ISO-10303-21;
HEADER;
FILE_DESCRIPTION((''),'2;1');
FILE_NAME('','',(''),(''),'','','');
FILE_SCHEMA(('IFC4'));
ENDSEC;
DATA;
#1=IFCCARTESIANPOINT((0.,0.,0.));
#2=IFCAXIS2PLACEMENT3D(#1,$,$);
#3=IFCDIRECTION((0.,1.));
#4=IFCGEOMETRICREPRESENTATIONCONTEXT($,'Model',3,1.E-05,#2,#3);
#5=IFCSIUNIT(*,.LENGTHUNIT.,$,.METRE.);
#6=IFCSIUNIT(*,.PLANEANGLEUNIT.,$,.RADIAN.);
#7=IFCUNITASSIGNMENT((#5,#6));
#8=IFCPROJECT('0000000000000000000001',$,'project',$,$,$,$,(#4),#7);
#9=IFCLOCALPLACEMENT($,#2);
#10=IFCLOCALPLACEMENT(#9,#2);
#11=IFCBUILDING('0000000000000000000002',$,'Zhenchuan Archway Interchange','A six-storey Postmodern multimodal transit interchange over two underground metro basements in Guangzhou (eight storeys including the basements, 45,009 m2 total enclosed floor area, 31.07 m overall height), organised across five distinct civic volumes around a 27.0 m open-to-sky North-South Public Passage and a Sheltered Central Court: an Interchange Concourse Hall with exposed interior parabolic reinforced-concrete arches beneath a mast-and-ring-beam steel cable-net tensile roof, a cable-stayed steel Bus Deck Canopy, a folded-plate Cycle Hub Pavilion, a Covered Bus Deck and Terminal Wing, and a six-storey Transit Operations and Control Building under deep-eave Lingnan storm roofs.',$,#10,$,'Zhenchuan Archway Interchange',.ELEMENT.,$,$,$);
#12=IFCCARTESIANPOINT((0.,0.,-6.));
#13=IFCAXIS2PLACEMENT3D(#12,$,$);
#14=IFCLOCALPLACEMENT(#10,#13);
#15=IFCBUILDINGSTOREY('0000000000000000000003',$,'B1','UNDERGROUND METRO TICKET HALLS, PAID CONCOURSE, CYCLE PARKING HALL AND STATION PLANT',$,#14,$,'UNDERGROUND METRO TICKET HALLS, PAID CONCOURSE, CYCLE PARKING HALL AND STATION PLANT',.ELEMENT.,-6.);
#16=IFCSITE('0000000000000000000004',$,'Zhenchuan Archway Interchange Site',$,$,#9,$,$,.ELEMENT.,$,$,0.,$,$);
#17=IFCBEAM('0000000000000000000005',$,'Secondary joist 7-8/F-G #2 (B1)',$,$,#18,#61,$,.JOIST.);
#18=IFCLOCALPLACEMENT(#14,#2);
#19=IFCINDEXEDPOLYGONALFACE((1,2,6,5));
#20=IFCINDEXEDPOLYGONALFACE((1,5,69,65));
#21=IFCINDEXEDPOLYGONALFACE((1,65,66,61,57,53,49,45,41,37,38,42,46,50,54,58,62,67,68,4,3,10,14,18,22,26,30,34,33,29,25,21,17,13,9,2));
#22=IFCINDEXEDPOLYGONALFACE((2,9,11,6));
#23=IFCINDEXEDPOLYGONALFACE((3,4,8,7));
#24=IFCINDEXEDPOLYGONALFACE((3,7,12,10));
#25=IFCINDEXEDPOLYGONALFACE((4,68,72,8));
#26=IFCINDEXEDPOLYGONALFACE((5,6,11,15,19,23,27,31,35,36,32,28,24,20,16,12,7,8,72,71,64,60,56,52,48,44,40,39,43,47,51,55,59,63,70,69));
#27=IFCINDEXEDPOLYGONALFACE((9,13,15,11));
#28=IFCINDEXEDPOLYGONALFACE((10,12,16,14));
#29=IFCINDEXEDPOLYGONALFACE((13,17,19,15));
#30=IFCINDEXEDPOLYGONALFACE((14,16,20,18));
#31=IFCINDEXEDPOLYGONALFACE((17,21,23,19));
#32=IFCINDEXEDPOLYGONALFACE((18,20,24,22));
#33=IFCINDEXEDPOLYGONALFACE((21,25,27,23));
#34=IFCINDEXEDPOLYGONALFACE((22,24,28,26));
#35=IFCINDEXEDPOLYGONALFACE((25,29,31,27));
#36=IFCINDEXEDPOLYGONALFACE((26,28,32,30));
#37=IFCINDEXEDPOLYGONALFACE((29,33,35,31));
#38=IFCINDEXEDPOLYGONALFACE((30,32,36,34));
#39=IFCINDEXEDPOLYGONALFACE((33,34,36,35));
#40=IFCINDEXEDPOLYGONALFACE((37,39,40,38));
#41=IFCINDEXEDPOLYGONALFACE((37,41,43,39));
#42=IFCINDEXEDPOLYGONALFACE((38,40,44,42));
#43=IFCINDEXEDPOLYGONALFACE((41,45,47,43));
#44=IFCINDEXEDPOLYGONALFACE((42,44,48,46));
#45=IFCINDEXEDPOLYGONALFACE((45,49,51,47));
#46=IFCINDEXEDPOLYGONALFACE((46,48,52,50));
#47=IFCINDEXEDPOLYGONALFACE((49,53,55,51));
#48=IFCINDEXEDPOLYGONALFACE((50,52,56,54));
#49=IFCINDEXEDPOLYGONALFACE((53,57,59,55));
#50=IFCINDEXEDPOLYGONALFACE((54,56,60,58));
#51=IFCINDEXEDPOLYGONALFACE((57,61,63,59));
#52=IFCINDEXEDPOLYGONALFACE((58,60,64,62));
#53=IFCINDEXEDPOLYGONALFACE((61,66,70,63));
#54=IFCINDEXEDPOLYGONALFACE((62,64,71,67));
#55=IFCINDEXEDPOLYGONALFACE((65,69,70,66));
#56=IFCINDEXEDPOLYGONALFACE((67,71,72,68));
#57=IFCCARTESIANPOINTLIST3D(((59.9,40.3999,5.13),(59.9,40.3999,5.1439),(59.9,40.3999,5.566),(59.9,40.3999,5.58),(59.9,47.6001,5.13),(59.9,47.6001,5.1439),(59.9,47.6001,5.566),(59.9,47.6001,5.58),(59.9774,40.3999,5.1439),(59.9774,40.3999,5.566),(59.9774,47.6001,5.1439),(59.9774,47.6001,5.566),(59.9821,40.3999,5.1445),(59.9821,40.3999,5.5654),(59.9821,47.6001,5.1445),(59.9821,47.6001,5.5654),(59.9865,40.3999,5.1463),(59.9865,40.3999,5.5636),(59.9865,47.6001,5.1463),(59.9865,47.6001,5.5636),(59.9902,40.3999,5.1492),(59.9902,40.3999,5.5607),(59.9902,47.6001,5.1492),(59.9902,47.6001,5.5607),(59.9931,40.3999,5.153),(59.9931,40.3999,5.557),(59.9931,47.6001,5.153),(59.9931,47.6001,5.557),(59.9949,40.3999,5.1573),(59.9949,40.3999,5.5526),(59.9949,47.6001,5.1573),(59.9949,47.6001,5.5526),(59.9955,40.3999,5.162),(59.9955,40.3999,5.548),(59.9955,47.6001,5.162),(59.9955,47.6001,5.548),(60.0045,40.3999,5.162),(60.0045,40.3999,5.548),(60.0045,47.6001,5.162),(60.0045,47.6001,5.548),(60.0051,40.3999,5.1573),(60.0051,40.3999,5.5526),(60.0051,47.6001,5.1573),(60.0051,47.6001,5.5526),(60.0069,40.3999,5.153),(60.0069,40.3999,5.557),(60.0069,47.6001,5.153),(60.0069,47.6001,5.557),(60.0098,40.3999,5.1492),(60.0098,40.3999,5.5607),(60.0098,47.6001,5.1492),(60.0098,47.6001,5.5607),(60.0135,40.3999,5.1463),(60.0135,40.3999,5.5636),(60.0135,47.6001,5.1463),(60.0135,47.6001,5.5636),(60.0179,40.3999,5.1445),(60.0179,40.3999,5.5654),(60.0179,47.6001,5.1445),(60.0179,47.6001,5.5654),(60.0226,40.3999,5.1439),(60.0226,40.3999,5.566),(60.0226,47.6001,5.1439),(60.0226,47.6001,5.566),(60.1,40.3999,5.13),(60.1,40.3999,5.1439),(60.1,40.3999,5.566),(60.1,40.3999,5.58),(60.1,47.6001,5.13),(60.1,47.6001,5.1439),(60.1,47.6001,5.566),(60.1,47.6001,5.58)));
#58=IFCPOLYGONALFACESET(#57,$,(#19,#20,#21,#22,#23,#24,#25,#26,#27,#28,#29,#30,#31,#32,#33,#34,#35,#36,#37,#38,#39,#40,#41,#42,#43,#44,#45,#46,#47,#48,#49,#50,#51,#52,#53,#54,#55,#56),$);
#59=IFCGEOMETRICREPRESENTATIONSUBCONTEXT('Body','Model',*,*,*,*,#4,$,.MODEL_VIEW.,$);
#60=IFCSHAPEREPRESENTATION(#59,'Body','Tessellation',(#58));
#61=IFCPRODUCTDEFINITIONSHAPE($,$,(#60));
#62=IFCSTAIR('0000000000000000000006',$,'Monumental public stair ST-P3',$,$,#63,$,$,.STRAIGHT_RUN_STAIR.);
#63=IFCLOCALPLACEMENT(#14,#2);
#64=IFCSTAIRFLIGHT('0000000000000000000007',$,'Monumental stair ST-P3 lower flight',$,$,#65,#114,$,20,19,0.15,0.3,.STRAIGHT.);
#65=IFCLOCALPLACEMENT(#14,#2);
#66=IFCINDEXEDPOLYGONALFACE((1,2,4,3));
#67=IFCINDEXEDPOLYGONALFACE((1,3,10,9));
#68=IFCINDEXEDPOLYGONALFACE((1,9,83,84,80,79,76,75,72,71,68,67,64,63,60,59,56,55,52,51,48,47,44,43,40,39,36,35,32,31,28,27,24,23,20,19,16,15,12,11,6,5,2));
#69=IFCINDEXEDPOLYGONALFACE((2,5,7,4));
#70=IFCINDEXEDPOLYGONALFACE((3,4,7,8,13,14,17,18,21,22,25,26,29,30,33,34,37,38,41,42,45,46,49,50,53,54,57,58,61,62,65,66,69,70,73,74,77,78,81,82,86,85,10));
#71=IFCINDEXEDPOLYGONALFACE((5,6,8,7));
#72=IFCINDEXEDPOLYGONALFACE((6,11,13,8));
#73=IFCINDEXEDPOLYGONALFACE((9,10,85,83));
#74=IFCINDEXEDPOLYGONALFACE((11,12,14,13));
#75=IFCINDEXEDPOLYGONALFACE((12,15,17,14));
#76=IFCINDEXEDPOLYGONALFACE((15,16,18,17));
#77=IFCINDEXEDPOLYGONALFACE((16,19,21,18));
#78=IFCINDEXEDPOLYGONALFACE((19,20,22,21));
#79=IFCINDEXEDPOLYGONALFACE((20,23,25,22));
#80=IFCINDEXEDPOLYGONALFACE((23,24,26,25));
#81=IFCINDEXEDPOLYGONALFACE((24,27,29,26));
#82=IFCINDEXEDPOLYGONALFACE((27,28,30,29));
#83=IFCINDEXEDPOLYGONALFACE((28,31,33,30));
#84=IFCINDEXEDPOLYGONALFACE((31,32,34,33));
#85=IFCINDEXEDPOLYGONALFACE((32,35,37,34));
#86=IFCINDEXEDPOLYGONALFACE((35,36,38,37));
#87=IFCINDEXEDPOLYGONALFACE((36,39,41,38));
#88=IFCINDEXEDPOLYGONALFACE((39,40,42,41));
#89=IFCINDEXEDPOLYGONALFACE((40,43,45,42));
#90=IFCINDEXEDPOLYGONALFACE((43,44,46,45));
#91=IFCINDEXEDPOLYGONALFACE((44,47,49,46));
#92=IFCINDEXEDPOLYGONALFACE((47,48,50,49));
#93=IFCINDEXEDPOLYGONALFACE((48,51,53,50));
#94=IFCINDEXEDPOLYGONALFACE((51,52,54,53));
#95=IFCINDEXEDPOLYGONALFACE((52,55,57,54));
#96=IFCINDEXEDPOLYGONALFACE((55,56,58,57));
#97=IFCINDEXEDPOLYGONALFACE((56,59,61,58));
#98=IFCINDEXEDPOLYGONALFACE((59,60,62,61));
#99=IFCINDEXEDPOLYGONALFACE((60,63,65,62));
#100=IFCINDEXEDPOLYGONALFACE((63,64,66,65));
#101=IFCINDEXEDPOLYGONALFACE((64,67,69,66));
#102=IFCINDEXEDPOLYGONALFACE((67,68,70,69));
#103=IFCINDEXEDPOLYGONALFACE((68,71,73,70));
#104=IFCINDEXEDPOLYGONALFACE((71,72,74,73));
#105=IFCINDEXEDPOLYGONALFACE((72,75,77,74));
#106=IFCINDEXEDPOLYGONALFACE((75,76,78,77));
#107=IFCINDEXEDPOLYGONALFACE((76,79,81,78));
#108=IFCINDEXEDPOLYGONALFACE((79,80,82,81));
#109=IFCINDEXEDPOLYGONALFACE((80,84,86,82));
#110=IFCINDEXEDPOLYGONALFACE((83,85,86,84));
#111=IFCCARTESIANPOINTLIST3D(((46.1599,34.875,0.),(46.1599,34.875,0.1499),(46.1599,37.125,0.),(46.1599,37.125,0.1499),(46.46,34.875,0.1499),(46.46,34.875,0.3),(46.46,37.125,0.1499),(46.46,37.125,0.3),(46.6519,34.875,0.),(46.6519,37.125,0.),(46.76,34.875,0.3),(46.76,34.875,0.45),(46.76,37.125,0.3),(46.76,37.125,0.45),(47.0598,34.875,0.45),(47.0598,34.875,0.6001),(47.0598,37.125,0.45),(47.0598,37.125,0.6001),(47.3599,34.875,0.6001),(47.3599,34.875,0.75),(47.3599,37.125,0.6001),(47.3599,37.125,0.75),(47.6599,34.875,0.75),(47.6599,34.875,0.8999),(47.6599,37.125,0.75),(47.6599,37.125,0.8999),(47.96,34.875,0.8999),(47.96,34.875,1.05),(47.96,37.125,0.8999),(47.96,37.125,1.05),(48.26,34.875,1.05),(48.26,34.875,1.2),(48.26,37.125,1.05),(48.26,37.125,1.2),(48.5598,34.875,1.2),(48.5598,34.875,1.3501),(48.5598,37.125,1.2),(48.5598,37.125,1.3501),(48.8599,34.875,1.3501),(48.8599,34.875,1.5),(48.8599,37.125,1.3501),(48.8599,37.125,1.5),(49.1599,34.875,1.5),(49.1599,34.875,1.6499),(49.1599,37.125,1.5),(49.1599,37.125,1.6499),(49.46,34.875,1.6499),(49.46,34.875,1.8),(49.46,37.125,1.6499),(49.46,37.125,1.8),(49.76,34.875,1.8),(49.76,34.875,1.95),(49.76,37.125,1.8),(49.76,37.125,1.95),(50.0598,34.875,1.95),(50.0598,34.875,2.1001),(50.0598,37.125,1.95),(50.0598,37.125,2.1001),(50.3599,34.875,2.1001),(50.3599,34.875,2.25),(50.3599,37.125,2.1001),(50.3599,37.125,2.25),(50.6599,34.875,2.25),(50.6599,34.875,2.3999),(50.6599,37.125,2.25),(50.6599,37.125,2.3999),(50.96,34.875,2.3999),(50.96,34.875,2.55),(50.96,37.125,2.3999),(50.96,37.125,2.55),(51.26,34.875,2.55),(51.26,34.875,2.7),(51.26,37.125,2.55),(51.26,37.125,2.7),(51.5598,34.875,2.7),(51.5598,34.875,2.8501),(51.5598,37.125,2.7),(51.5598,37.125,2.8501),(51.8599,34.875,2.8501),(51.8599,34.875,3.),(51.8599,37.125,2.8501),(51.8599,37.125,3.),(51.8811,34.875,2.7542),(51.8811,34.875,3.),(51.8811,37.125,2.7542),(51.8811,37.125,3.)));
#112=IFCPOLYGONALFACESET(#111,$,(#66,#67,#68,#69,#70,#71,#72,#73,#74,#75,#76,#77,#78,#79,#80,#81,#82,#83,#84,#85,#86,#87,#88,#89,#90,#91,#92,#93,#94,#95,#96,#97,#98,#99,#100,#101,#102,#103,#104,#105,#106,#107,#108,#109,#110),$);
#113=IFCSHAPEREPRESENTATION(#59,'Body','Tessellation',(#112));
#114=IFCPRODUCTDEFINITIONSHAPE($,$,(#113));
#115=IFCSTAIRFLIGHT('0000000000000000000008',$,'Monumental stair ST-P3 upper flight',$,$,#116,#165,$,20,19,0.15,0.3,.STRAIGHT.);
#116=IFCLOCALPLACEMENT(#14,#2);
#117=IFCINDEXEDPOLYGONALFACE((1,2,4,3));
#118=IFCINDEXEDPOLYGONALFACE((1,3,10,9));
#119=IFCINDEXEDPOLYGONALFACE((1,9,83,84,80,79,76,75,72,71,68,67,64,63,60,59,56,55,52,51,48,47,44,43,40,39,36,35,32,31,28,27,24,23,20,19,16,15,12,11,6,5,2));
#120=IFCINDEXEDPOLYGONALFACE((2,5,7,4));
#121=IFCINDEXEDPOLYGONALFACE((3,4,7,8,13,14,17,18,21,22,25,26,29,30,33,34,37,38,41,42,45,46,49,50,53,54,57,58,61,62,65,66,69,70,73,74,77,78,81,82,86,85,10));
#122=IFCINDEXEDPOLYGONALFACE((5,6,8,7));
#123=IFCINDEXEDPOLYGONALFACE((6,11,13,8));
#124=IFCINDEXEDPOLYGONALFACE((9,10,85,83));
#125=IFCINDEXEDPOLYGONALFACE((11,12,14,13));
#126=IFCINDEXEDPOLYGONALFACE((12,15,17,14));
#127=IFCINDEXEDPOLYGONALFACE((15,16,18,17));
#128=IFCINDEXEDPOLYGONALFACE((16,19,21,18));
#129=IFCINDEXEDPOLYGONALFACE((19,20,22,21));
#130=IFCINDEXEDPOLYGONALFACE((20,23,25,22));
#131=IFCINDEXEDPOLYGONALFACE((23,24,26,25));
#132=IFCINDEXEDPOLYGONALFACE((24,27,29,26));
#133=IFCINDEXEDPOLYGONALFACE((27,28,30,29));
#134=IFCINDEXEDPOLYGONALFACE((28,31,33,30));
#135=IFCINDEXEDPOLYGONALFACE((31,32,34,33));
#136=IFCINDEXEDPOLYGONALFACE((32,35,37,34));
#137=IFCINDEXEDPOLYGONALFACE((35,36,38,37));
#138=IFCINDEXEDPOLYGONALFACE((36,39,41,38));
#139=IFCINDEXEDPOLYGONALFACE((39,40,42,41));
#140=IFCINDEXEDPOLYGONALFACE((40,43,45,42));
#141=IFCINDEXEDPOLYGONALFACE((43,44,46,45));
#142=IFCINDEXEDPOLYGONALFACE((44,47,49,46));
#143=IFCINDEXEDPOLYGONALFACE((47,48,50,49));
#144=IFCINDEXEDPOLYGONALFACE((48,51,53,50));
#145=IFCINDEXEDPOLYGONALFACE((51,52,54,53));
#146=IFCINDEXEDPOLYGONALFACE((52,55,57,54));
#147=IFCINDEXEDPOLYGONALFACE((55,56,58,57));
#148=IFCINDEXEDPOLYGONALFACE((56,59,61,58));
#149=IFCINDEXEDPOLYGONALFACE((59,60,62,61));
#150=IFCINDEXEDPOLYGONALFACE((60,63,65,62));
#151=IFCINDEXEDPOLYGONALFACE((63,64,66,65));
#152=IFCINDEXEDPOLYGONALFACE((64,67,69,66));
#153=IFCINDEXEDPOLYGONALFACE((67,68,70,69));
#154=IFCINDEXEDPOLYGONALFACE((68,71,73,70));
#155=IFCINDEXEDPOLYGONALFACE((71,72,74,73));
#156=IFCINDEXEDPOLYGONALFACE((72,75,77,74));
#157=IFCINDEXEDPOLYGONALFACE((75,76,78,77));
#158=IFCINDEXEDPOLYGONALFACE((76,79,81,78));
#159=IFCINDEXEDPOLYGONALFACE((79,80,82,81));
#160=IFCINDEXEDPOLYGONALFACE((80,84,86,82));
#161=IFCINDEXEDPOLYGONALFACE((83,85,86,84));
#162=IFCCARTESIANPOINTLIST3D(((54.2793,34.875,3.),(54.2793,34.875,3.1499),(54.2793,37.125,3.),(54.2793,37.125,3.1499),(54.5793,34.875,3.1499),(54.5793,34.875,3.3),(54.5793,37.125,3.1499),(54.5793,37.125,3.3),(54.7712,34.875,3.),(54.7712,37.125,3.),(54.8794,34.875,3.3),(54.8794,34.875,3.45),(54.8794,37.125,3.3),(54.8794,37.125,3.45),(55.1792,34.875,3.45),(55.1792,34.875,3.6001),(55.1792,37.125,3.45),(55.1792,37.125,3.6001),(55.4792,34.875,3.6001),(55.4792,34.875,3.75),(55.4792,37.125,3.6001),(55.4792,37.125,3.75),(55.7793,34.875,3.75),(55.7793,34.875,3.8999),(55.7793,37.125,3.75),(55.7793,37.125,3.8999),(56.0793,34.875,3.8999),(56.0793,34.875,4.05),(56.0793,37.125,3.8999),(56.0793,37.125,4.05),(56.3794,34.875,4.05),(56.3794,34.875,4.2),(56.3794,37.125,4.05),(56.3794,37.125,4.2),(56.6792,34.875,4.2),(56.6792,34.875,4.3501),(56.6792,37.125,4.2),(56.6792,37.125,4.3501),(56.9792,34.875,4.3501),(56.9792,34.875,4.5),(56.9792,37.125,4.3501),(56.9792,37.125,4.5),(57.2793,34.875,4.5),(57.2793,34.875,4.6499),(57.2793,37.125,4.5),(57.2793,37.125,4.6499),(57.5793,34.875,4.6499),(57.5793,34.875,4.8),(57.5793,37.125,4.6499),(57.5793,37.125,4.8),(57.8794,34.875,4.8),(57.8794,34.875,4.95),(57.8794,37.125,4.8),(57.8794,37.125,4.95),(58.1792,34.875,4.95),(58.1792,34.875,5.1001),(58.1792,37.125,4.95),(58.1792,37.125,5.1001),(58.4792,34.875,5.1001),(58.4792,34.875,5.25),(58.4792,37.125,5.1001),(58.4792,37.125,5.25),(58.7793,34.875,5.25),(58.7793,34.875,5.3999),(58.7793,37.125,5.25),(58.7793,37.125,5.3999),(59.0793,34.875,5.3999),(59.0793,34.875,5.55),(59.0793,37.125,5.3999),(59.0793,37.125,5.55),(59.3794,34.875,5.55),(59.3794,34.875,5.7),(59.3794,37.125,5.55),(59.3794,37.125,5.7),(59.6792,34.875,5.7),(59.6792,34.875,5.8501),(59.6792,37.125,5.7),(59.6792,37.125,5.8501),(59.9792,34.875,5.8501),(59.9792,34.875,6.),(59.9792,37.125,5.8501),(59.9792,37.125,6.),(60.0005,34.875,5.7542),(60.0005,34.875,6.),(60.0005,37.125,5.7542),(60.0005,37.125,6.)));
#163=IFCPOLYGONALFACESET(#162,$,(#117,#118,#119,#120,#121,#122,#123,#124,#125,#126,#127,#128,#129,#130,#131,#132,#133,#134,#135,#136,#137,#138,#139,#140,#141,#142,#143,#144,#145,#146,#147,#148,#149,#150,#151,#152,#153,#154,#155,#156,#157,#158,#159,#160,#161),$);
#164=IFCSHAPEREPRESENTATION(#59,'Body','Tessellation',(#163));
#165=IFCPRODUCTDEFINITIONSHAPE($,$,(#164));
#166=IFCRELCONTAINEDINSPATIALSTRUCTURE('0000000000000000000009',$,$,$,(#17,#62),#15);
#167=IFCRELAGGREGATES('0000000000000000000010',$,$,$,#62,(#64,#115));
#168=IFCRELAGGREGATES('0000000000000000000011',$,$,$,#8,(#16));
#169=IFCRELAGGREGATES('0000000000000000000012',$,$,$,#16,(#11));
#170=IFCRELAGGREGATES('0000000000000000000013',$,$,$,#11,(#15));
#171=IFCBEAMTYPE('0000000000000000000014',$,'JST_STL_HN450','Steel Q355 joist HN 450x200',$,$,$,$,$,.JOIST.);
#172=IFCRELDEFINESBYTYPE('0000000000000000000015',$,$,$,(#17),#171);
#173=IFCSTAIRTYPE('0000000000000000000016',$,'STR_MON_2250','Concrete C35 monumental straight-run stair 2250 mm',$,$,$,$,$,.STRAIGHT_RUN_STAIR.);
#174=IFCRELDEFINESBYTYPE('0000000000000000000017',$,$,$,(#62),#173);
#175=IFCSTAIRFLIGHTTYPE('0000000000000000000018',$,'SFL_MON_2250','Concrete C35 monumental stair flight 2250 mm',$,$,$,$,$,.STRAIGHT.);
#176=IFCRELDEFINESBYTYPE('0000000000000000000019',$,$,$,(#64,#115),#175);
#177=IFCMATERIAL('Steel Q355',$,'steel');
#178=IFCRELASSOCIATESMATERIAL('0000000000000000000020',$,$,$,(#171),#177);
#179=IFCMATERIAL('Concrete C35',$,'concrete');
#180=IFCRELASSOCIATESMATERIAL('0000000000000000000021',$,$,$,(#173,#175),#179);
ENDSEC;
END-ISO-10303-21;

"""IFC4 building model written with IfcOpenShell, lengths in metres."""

from ifc_helpers import new_model, si_unit, direction, frame, origin, origin_2d, place, context, subcontext, project, spatial, polyline, i_section, outline, extrude, material, material_profile, profile_set, type_object, element, aggregate, save


model = new_model("IFC4")

# Units and contexts
model_context = context("Model", 3, precision=1e-05, world=origin(), true_north=direction((0.0, 1.0)))
body_context = subcontext(model_context, "Body", "Model", "MODEL_VIEW")
ifc_project = project(units=[si_unit("LENGTHUNIT", "METRE"), si_unit("PLANEANGLEUNIT", "RADIAN")], contexts=[model_context])

# Site, building, storey
site_placement = place(None, origin())
site = spatial("IfcSite", under=ifc_project, at=site_placement, Name="Zhenchuan Archway Interchange Site", CompositionType="ELEMENT", RefElevation=0.0)
building_placement = place(site_placement, origin())
building = spatial("IfcBuilding", under=site, at=building_placement, Name="Zhenchuan Archway Interchange", Description="A six-storey Postmodern multimodal transit interchange over two underground metro basements in Guangzhou (eight storeys including the basements, 45,009 m2 total enclosed floor area, 31.07 m overall height), organised across five distinct civic volumes around a 27.0 m open-to-sky North-South Public Passage and a Sheltered Central Court: an Interchange Concourse Hall with exposed interior parabolic reinforced-concrete arches beneath a mast-and-ring-beam steel cable-net tensile roof, a cable-stayed steel Bus Deck Canopy, a folded-plate Cycle Hub Pavilion, a Covered Bus Deck and Terminal Wing, and a six-storey Transit Operations and Control Building under deep-eave Lingnan storm roofs.", LongName="Zhenchuan Archway Interchange", CompositionType="ELEMENT")
storey_placement = place(building_placement, frame((0.0, 0.0, -6.0)))
storey = spatial("IfcBuildingStorey", under=building, at=storey_placement, Name="B1", Description="UNDERGROUND METRO TICKET HALLS, PAID CONCOURSE, CYCLE PARKING HALL AND STATION PLANT", LongName="UNDERGROUND METRO TICKET HALLS, PAID CONCOURSE, CYCLE PARKING HALL AND STATION PLANT", CompositionType="ELEMENT", Elevation=-6.0)

# Beam
ifc_material_1 = material(Name="Steel Q355", Category="steel")
ifc_material_profile_1 = material_profile(ifc_material_1, i_section(OverallWidth=0.2, OverallDepth=0.45, WebThickness=0.009, FlangeThickness=0.0139, FilletRadius=0.0181, at=origin_2d()), Name="HN 450x200")
ifc_profile_set_1 = profile_set([ifc_material_profile_1], Name="Steel Q355")
beam_type_1 = type_object("IfcBeamType", Name="JST_STL_HN450", Description="Steel Q355 joist HN 450x200", PredefinedType="JOIST", material=ifc_profile_set_1)
for number, where, z_axis, x_axis, name in (
    (1, (60.0, 40.3999, 5.355), (0.0, 1.0, 0.0), (-1.0, 0.0, 0.0), "Secondary joist 7-8/F-G #2 (B1)"),
):
    element("IfcBeam", number, at=place(storey_placement, frame(where, z_axis=z_axis, x_axis=x_axis)), inside=storey, type_object=beam_type_1, Name=name, PredefinedType="JOIST", context=body_context, shape_type="SweptSolid", body=[
        extrude(i_section(OverallWidth=0.2, OverallDepth=0.45, WebThickness=0.009, FlangeThickness=0.0139, FilletRadius=0.0181, at=origin_2d()), origin(), (0.0, 0.0, 1.0), 7.2002),
    ])

# Stair, stair flights
ifc_material_2 = material(Name="Concrete C35", Category="concrete")
stair_type = type_object("IfcStairType", Name="STR_MON_2250", Description="Concrete C35 monumental straight-run stair 2250 mm", PredefinedType="STRAIGHT_RUN_STAIR", material=ifc_material_2)
stair_placement = place(storey_placement, origin())
stair = element("IfcStair", 2, at=stair_placement, inside=storey, type_object=stair_type, Name="Monumental public stair ST-P3", PredefinedType="STRAIGHT_RUN_STAIR")
stair_flight_type = type_object("IfcStairFlightType", Name="SFL_MON_2250", Description="Concrete C35 monumental stair flight 2250 mm", PredefinedType="STRAIGHT", material=ifc_material_2)
stair_flight_1_placement = place(storey_placement, frame((46.1599, 36.0, 0.0), z_axis=(0.0, 0.0, 1.0), x_axis=(1.0, 0.0, 0.0)))
stair_flight_1 = element("IfcStairFlight", 3, at=stair_flight_1_placement, type_object=stair_flight_type, Name="Monumental stair ST-P3 lower flight", NumberOfRisers=20, NumberOfTreads=19, PredefinedType="STRAIGHT", RiserHeight=0.15, TreadLength=0.3, context=body_context, shape_type="SweptSolid", body=[
    extrude(outline(polyline([(0.0, 0.0), (0.0, 0.1499), (0.3, 0.1499), (0.3, 0.3), (0.6001, 0.3), (0.6001, 0.45), (0.8999, 0.45), (0.8999, 0.6001), (1.2, 0.6001), (1.2, 0.75), (1.5, 0.75), (1.5, 0.8999), (1.8, 0.8999), (1.8, 1.05), (2.1001, 1.05), (2.1001, 1.2), (2.3999, 1.2), (2.3999, 1.3501), (2.7, 1.3501), (2.7, 1.5), (3.0, 1.5), (3.0, 1.6499), (3.3, 1.6499), (3.3, 1.8), (3.6001, 1.8), (3.6001, 1.95), (3.8999, 1.95), (3.8999, 2.1001), (4.2, 2.1001), (4.2, 2.25), (4.5, 2.25), (4.5, 2.3999), (4.8, 2.3999), (4.8, 2.55), (5.1001, 2.55), (5.1001, 2.7), (5.3999, 2.7), (5.3999, 2.8501), (5.7, 2.8501), (5.7, 3.0), (5.7212, 3.0), (5.7212, 2.7542), (0.4919, 0.0), (0.0, 0.0)])), frame((0.0, 1.125, 0.0), z_axis=(0.0, -1.0, 0.0), x_axis=(1.0, 0.0, 0.0)), (0.0, 0.0, 1.0), 2.25),
])
stair_flight_2_placement = place(storey_placement, frame((54.2793, 36.0, 3.0), z_axis=(0.0, 0.0, 1.0), x_axis=(1.0, 0.0, 0.0)))
stair_flight_2 = element("IfcStairFlight", 4, at=stair_flight_2_placement, type_object=stair_flight_type, Name="Monumental stair ST-P3 upper flight", NumberOfRisers=20, NumberOfTreads=19, PredefinedType="STRAIGHT", RiserHeight=0.15, TreadLength=0.3, context=body_context, shape_type="SweptSolid", body=[
    extrude(outline(polyline([(0.0, 0.0), (0.0, 0.1499), (0.3, 0.1499), (0.3, 0.3), (0.6001, 0.3), (0.6001, 0.45), (0.8999, 0.45), (0.8999, 0.6001), (1.2, 0.6001), (1.2, 0.75), (1.5, 0.75), (1.5, 0.8999), (1.8, 0.8999), (1.8, 1.05), (2.1001, 1.05), (2.1001, 1.2), (2.3999, 1.2), (2.3999, 1.3501), (2.7, 1.3501), (2.7, 1.5), (3.0, 1.5), (3.0, 1.6499), (3.3, 1.6499), (3.3, 1.8), (3.6001, 1.8), (3.6001, 1.95), (3.8999, 1.95), (3.8999, 2.1001), (4.2, 2.1001), (4.2, 2.25), (4.5, 2.25), (4.5, 2.3999), (4.8, 2.3999), (4.8, 2.55), (5.1001, 2.55), (5.1001, 2.7), (5.3999, 2.7), (5.3999, 2.8501), (5.7, 2.8501), (5.7, 3.0), (5.7212, 3.0), (5.7212, 2.7542), (0.4919, 0.0), (0.0, 0.0)])), frame((0.0, 1.125, 0.0), z_axis=(0.0, -1.0, 0.0), x_axis=(1.0, 0.0, 0.0)), (0.0, 0.0, 1.0), 2.25),
])
aggregate(stair, [stair_flight_1, stair_flight_2])

save(model, "model.ifc")
